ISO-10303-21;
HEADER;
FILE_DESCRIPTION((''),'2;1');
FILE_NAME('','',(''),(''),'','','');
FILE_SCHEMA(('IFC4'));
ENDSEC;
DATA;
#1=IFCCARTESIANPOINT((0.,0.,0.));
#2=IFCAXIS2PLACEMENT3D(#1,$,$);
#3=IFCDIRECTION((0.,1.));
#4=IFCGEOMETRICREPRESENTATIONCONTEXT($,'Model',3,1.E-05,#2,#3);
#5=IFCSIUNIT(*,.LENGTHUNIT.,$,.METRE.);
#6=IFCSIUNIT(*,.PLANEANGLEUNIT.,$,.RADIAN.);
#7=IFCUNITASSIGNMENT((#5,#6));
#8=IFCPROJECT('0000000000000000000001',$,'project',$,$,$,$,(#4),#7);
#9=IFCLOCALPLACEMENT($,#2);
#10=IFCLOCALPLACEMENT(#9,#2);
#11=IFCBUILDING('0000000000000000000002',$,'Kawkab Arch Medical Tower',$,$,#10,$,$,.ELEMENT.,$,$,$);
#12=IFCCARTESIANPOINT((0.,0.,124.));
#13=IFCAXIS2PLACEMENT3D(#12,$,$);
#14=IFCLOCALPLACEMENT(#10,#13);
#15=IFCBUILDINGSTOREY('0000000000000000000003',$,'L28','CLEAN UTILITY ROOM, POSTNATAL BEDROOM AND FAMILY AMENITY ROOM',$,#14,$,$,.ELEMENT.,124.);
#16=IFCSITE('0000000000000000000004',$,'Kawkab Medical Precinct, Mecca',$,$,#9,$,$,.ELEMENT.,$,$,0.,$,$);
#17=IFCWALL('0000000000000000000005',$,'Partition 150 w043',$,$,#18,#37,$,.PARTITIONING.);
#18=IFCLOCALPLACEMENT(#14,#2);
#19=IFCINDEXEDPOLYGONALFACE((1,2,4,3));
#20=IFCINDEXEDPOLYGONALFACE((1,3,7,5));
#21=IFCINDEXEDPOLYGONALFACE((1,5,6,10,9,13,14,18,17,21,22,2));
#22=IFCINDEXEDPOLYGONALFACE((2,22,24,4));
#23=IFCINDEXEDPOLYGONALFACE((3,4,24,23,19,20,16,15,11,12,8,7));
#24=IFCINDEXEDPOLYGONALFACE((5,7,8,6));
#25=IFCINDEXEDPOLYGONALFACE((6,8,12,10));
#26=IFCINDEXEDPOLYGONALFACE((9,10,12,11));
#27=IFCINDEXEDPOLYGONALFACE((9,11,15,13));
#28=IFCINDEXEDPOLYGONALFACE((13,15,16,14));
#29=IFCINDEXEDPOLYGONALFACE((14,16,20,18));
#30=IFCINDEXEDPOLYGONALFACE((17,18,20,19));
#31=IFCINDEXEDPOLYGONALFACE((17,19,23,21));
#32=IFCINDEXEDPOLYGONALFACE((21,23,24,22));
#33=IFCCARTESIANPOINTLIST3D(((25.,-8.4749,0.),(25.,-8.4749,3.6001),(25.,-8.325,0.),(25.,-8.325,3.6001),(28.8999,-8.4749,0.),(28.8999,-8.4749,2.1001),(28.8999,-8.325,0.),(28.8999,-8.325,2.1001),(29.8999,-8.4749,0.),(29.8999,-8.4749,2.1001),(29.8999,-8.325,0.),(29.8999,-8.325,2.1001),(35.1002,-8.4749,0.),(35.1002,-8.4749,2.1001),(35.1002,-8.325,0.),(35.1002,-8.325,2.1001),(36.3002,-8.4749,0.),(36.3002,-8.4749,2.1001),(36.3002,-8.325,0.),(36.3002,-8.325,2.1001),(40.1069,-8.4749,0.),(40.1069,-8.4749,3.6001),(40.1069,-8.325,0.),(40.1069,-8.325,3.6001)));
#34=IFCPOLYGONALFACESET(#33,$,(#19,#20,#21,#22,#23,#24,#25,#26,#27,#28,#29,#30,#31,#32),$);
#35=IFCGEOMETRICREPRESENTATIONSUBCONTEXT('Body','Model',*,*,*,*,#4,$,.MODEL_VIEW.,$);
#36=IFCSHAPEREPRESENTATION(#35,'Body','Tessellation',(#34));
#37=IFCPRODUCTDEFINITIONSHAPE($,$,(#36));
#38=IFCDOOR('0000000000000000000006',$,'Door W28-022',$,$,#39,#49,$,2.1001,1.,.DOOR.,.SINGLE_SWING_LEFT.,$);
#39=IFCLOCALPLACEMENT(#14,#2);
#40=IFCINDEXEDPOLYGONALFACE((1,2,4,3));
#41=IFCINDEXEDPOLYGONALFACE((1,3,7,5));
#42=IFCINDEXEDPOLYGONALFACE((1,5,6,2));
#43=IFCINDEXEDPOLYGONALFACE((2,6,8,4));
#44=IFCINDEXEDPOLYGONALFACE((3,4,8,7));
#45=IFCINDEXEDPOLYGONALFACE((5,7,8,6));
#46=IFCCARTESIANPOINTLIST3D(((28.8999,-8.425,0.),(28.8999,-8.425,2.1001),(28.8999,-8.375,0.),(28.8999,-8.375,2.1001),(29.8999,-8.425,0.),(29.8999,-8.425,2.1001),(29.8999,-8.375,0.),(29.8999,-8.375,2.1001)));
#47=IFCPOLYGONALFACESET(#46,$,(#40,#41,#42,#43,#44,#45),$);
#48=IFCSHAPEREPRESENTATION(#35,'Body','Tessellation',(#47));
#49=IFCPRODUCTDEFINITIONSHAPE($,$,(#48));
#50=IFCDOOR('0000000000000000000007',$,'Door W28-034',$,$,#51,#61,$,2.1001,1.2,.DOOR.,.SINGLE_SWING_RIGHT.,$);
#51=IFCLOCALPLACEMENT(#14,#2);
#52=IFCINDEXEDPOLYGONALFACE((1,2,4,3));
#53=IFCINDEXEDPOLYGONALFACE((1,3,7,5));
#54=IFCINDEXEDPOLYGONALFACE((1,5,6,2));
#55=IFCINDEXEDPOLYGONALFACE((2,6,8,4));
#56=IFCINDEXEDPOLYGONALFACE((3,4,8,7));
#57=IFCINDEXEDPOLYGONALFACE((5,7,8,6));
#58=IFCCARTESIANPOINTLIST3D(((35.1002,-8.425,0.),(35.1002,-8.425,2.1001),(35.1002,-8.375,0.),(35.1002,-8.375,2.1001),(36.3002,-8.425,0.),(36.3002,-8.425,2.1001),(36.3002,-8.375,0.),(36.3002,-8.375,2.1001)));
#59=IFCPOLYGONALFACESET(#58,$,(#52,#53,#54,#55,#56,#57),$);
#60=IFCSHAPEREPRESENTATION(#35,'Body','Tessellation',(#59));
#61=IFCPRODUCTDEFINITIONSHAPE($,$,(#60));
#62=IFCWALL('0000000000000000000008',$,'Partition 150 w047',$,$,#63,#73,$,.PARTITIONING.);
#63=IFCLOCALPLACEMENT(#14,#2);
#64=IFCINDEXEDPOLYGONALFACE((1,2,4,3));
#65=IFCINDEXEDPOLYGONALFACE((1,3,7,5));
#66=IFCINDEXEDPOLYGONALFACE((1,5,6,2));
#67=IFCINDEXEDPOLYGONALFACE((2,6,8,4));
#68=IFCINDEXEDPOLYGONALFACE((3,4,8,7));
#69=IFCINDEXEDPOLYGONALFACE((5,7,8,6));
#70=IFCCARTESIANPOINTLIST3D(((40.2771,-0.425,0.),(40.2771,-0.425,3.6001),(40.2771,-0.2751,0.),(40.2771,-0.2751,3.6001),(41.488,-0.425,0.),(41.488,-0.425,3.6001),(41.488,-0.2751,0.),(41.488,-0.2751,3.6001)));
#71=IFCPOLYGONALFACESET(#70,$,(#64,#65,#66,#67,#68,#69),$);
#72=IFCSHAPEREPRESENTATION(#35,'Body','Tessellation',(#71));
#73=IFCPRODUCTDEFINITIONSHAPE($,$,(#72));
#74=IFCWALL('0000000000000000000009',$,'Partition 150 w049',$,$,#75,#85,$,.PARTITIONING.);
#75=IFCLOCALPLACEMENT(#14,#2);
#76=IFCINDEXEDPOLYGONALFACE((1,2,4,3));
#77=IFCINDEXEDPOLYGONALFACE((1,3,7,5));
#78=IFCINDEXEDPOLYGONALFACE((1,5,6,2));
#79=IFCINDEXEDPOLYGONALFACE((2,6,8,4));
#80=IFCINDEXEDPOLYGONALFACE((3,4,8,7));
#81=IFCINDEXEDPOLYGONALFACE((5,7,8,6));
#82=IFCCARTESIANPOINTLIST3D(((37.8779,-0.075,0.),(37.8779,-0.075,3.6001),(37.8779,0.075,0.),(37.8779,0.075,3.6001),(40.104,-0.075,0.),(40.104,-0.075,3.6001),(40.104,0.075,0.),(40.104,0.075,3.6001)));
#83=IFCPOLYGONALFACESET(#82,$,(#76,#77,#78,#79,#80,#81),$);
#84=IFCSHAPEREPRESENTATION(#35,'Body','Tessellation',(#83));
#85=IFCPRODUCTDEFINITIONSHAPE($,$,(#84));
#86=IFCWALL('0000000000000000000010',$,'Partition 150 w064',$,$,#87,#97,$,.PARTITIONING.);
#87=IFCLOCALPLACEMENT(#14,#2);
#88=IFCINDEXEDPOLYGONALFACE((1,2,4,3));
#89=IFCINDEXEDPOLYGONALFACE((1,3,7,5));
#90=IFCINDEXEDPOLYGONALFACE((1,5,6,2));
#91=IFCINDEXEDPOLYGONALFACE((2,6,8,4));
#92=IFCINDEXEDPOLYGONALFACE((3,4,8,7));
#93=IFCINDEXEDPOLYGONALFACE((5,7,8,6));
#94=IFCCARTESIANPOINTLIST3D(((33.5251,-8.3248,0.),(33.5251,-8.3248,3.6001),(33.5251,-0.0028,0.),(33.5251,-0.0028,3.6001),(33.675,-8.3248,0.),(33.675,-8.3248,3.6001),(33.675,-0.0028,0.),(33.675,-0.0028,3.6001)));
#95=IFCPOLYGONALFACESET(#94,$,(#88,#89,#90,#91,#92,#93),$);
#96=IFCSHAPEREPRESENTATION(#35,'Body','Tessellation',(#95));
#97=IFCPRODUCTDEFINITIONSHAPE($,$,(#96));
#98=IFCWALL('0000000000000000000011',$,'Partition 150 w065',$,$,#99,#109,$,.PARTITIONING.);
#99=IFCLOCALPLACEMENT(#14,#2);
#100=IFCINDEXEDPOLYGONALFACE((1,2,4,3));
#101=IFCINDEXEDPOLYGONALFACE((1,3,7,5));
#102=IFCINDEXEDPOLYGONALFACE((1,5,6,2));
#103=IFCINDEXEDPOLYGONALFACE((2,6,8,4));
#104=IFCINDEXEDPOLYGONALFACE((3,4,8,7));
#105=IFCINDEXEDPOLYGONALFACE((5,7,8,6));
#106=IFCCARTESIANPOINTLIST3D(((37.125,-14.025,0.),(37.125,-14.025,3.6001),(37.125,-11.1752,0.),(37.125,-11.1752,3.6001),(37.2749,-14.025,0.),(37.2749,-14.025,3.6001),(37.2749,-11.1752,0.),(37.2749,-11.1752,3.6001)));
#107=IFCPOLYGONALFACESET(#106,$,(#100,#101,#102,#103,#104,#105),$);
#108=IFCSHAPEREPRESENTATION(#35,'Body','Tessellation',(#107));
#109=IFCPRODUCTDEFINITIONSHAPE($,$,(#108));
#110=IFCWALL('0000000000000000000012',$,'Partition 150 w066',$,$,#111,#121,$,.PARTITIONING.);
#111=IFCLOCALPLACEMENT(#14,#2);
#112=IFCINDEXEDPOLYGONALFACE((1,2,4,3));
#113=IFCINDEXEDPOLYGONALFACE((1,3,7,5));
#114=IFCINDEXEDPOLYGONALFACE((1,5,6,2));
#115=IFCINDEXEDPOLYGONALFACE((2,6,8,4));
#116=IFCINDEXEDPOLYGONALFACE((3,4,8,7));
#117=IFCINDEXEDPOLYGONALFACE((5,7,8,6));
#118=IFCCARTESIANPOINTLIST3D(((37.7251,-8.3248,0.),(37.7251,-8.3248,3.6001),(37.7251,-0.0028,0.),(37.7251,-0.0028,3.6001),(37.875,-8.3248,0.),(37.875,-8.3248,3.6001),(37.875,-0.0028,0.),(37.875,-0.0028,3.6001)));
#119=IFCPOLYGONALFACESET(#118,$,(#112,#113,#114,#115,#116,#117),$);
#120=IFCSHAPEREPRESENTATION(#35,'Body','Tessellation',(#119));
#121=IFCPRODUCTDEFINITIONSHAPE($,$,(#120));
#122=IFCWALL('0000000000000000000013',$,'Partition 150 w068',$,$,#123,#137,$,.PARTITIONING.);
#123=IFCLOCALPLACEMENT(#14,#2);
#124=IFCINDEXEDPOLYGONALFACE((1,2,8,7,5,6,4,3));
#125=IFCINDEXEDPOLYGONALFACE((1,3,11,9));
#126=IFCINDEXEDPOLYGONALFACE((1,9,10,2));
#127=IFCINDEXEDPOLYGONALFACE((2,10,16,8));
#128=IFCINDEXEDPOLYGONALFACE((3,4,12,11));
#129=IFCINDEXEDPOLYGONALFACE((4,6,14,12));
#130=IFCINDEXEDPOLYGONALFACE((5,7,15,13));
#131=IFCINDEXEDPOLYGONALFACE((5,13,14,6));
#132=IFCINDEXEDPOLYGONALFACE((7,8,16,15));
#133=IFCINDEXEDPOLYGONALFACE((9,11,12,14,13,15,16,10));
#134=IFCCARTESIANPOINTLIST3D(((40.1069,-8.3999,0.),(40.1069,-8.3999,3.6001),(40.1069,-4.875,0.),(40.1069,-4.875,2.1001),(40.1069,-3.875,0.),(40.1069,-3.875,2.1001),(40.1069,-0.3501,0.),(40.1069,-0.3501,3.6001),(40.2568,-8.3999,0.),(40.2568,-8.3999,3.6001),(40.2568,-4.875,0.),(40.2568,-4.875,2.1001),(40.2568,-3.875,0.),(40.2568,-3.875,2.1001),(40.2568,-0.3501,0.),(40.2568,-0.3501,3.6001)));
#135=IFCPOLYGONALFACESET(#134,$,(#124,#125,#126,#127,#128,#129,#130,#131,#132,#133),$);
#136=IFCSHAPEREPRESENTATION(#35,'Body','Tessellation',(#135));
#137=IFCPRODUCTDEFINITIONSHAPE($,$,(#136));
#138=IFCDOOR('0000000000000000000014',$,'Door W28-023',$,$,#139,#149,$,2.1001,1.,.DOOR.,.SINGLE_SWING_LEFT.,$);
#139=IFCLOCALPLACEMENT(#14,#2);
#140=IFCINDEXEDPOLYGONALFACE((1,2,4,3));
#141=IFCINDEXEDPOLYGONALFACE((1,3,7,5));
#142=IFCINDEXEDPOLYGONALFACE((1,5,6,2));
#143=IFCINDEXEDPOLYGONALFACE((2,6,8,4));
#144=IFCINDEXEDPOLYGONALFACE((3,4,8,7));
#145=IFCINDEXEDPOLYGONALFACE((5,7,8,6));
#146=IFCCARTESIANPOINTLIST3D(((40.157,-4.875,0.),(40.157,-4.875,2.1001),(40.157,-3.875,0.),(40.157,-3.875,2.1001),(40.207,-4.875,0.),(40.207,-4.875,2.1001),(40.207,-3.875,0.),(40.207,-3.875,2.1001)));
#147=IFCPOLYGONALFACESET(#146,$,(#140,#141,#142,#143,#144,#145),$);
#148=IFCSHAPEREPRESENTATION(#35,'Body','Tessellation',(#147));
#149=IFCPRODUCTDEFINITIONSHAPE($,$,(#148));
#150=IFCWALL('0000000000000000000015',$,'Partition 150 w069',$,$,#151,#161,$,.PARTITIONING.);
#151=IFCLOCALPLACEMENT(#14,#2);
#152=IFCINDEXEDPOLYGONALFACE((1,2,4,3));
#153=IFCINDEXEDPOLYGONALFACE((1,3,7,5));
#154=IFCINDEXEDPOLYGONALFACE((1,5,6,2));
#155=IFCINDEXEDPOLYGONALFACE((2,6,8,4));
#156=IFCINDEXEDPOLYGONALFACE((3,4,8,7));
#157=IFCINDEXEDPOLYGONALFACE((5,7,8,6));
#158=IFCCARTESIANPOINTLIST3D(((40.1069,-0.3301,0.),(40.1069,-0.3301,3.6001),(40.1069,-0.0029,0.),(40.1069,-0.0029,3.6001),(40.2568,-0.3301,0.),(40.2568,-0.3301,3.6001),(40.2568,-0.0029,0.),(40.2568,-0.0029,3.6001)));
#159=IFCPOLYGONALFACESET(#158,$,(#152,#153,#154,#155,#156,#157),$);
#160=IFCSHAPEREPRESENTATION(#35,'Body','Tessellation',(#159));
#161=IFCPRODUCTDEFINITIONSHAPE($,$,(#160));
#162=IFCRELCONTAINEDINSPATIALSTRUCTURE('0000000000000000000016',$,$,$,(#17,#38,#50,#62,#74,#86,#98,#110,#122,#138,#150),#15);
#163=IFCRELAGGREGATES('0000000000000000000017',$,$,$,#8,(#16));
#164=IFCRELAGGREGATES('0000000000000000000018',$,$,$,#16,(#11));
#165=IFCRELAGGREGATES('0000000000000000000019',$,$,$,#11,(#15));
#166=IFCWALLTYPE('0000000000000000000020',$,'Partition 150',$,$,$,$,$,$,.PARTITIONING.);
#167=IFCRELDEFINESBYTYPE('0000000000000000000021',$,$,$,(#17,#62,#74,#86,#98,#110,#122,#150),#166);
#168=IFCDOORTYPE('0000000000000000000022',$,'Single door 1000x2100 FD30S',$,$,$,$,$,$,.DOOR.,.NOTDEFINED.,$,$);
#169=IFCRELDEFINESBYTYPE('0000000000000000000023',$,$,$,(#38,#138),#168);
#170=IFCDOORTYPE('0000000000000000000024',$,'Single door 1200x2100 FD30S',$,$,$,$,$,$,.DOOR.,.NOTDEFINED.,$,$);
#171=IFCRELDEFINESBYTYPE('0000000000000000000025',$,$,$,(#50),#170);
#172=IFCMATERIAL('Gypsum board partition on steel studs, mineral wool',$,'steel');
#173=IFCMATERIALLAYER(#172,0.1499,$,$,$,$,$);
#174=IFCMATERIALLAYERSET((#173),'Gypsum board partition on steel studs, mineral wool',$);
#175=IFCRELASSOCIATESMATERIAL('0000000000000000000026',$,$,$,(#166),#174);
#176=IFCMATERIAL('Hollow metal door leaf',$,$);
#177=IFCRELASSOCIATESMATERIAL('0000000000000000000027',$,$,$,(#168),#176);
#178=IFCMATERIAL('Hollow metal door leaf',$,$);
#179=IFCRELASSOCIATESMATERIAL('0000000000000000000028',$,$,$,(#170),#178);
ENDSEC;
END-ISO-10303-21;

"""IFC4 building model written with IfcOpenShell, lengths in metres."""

from ifc_helpers import new_model, si_unit, direction, frame, frame_2d, origin, place, context, subcontext, project, spatial, rectangle, extrude, material, layer, layer_set, type_object, element, fill, save


model = new_model("IFC4")

# Units and contexts
model_context = context("Model", 3, precision=1e-05, world=origin(), true_north=direction((0.0, 1.0)))
body_context = subcontext(model_context, "Body", "Model", "MODEL_VIEW")
ifc_project = project(units=[si_unit("LENGTHUNIT", "METRE"), si_unit("PLANEANGLEUNIT", "RADIAN")], contexts=[model_context])

# Site, building, storey
site_placement = place(None, origin())
site = spatial("IfcSite", under=ifc_project, at=site_placement, Name="Kawkab Medical Precinct, Mecca", CompositionType="ELEMENT", RefElevation=0.0)
building_placement = place(site_placement, origin())
building = spatial("IfcBuilding", under=site, at=building_placement, Name="Kawkab Arch Medical Tower", CompositionType="ELEMENT")
storey_placement = place(building_placement, frame((0.0, 0.0, 124.0)))
storey = spatial("IfcBuildingStorey", under=building, at=storey_placement, Name="L28", Description="CLEAN UTILITY ROOM, POSTNATAL BEDROOM AND FAMILY AMENITY ROOM", CompositionType="ELEMENT", Elevation=124.0)

# Wall, openings, doors
ifc_material_1 = material(Name="Gypsum board partition on steel studs, mineral wool", Category="steel")
ifc_layer = layer(ifc_material_1, 0.1499)
ifc_layer_set = layer_set([ifc_layer], Name="Gypsum board partition on steel studs, mineral wool")
wall_type = type_object("IfcWallType", Name="Partition 150", PredefinedType="PARTITIONING", material=ifc_layer_set)
ifc_material_2 = material(Name="Hollow metal door leaf")
door_type_1 = type_object("IfcDoorType", Name="Single door 1000x2100 FD30S", OperationType="NOTDEFINED", PredefinedType="DOOR", material=ifc_material_2)
ifc_material_3 = material(Name="Hollow metal door leaf")
door_type_2 = type_object("IfcDoorType", Name="Single door 1200x2100 FD30S", OperationType="NOTDEFINED", PredefinedType="DOOR", material=ifc_material_3)
wall_1_placement = place(storey_placement, frame((25.0, -8.3999, 0.0), z_axis=(0.0, 0.0, 1.0), x_axis=(1.0, 0.0, 0.0)))
wall_1 = element("IfcWall", 1, at=wall_1_placement, inside=storey, type_object=wall_type, Name="Partition 150 w043", PredefinedType="PARTITIONING", context=body_context, shape_type="SweptSolid", body=[
    extrude(rectangle(XDim=15.1069, YDim=0.1499, at=frame_2d((7.5535, 0.0))), origin(), (0.0, 0.0, 1.0), 3.6001),
])
opening_1_placement = place(wall_1_placement, frame((3.8999, 0.0, 0.0)))
opening_1 = element("IfcOpeningElement", 2, at=opening_1_placement, cuts=wall_1, PredefinedType="OPENING", context=body_context, shape_type="SweptSolid", body=[
    extrude(rectangle(XDim=1.0, YDim=2.1001, at=frame_2d((0.5, 1.05))), frame((0.0, 0.085, 0.0), z_axis=(0.0, -1.0, 0.0), x_axis=(1.0, 0.0, 0.0)), (0.0, 0.0, 1.0), 0.1699),
])
opening_2_placement = place(wall_1_placement, frame((10.1001, 0.0, 0.0)))
opening_2 = element("IfcOpeningElement", 3, at=opening_2_placement, cuts=wall_1, PredefinedType="OPENING", context=body_context, shape_type="SweptSolid", body=[
    extrude(rectangle(XDim=1.2, YDim=2.1001, at=frame_2d((0.6001, 1.05))), frame((0.0, 0.085, 0.0), z_axis=(0.0, -1.0, 0.0), x_axis=(1.0, 0.0, 0.0)), (0.0, 0.0, 1.0), 0.1699),
])
door_1_placement = place(opening_1_placement, origin())
door_1 = element("IfcDoor", 4, at=door_1_placement, inside=storey, type_object=door_type_1, Name="Door W28-022", OperationType="SINGLE_SWING_LEFT", OverallHeight=2.1001, OverallWidth=1.0, PredefinedType="DOOR", context=body_context, shape_type="SweptSolid", body=[
    extrude(rectangle(XDim=1.0, YDim=2.1001, at=frame_2d((0.5, 1.05))), frame((0.0, 0.0249, 0.0), z_axis=(0.0, -1.0, 0.0), x_axis=(1.0, 0.0, 0.0)), (0.0, 0.0, 1.0), 0.05),
])
fill(opening_1, door_1)
door_2_placement = place(opening_2_placement, origin())
door_2 = element("IfcDoor", 5, at=door_2_placement, inside=storey, type_object=door_type_2, Name="Door W28-034", OperationType="SINGLE_SWING_RIGHT", OverallHeight=2.1001, OverallWidth=1.2, PredefinedType="DOOR", context=body_context, shape_type="SweptSolid", body=[
    extrude(rectangle(XDim=1.2, YDim=2.1001, at=frame_2d((0.6001, 1.05))), frame((0.0, 0.0249, 0.0), z_axis=(0.0, -1.0, 0.0), x_axis=(1.0, 0.0, 0.0)), (0.0, 0.0, 1.0), 0.05),
])
fill(opening_2, door_2)

# Walls
wall_2_placement = place(storey_placement, frame((40.2771, -0.3501, 0.0), z_axis=(0.0, 0.0, 1.0), x_axis=(1.0, 0.0, 0.0)))
element("IfcWall", 6, at=wall_2_placement, inside=storey, type_object=wall_type, Name="Partition 150 w047", PredefinedType="PARTITIONING", context=body_context, shape_type="SweptSolid", body=[
    extrude(rectangle(XDim=1.2109, YDim=0.1499, at=frame_2d((0.6055, 0.0))), origin(), (0.0, 0.0, 1.0), 3.6001),
])
wall_3_placement = place(storey_placement, frame((37.8779, 0.0, 0.0), z_axis=(0.0, 0.0, 1.0), x_axis=(1.0, 0.0, 0.0)))
element("IfcWall", 7, at=wall_3_placement, inside=storey, type_object=wall_type, Name="Partition 150 w049", PredefinedType="PARTITIONING", context=body_context, shape_type="SweptSolid", body=[
    extrude(rectangle(XDim=2.2261, YDim=0.1499, at=frame_2d((1.113, 0.0))), origin(), (0.0, 0.0, 1.0), 3.6001),
])
wall_4_placement = place(storey_placement, frame((33.6001, -8.325, 0.0), z_axis=(0.0, 0.0, 1.0), x_axis=(0.0, 1.0, 0.0)))
element("IfcWall", 8, at=wall_4_placement, inside=storey, type_object=wall_type, Name="Partition 150 w064", PredefinedType="PARTITIONING", context=body_context, shape_type="SweptSolid", body=[
    extrude(rectangle(XDim=8.322, YDim=0.1499, at=frame_2d((4.1611, 0.0))), origin(), (0.0, 0.0, 1.0), 3.6001),
])
wall_5_placement = place(storey_placement, frame((37.2, -14.0249, 0.0), z_axis=(0.0, 0.0, 1.0), x_axis=(0.0, 1.0, 0.0)))
element("IfcWall", 9, at=wall_5_placement, inside=storey, type_object=wall_type, Name="Partition 150 w065", PredefinedType="PARTITIONING", context=body_context, shape_type="SweptSolid", body=[
    extrude(rectangle(XDim=2.8499, YDim=0.1499, at=frame_2d((1.4248, 0.0))), origin(), (0.0, 0.0, 1.0), 3.6001),
])
wall_6_placement = place(storey_placement, frame((37.8, -8.325, 0.0), z_axis=(0.0, 0.0, 1.0), x_axis=(0.0, 1.0, 0.0)))
element("IfcWall", 10, at=wall_6_placement, inside=storey, type_object=wall_type, Name="Partition 150 w066", PredefinedType="PARTITIONING", context=body_context, shape_type="SweptSolid", body=[
    extrude(rectangle(XDim=8.322, YDim=0.1499, at=frame_2d((4.1611, 0.0))), origin(), (0.0, 0.0, 1.0), 3.6001),
])

# Wall, opening, door
wall_7_placement = place(storey_placement, frame((40.1819, -8.3999, 0.0), z_axis=(0.0, 0.0, 1.0), x_axis=(0.0, 1.0, 0.0)))
wall_7 = element("IfcWall", 11, at=wall_7_placement, inside=storey, type_object=wall_type, Name="Partition 150 w068", PredefinedType="PARTITIONING", context=body_context, shape_type="SweptSolid", body=[
    extrude(rectangle(XDim=8.0498, YDim=0.1499, at=frame_2d((4.0249, 0.0))), origin(), (0.0, 0.0, 1.0), 3.6001),
])
opening_3_placement = place(wall_7_placement, frame((3.5249, 0.0, 0.0)))
opening_3 = element("IfcOpeningElement", 12, at=opening_3_placement, cuts=wall_7, PredefinedType="OPENING", context=body_context, shape_type="SweptSolid", body=[
    extrude(rectangle(XDim=1.0, YDim=2.1001, at=frame_2d((0.5, 1.05))), frame((0.0, 0.085, 0.0), z_axis=(0.0, -1.0, 0.0), x_axis=(1.0, 0.0, 0.0)), (0.0, 0.0, 1.0), 0.1699),
])
door_3_placement = place(opening_3_placement, origin())
door_3 = element("IfcDoor", 13, at=door_3_placement, inside=storey, type_object=door_type_1, Name="Door W28-023", OperationType="SINGLE_SWING_LEFT", OverallHeight=2.1001, OverallWidth=1.0, PredefinedType="DOOR", context=body_context, shape_type="SweptSolid", body=[
    extrude(rectangle(XDim=1.0, YDim=2.1001, at=frame_2d((0.5, 1.05))), frame((0.0, 0.0249, 0.0), z_axis=(0.0, -1.0, 0.0), x_axis=(1.0, 0.0, 0.0)), (0.0, 0.0, 1.0), 0.05),
])
fill(opening_3, door_3)

# Wall
wall_8_placement = place(storey_placement, frame((40.1819, -0.3301, 0.0), z_axis=(0.0, 0.0, 1.0), x_axis=(0.0, 1.0, 0.0)))
element("IfcWall", 14, at=wall_8_placement, inside=storey, type_object=wall_type, Name="Partition 150 w069", PredefinedType="PARTITIONING", context=body_context, shape_type="SweptSolid", body=[
    extrude(rectangle(XDim=0.3271, YDim=0.1499, at=frame_2d((0.1636, 0.0))), origin(), (0.0, 0.0, 1.0), 3.6001),
])

save(model, "model.ifc")
